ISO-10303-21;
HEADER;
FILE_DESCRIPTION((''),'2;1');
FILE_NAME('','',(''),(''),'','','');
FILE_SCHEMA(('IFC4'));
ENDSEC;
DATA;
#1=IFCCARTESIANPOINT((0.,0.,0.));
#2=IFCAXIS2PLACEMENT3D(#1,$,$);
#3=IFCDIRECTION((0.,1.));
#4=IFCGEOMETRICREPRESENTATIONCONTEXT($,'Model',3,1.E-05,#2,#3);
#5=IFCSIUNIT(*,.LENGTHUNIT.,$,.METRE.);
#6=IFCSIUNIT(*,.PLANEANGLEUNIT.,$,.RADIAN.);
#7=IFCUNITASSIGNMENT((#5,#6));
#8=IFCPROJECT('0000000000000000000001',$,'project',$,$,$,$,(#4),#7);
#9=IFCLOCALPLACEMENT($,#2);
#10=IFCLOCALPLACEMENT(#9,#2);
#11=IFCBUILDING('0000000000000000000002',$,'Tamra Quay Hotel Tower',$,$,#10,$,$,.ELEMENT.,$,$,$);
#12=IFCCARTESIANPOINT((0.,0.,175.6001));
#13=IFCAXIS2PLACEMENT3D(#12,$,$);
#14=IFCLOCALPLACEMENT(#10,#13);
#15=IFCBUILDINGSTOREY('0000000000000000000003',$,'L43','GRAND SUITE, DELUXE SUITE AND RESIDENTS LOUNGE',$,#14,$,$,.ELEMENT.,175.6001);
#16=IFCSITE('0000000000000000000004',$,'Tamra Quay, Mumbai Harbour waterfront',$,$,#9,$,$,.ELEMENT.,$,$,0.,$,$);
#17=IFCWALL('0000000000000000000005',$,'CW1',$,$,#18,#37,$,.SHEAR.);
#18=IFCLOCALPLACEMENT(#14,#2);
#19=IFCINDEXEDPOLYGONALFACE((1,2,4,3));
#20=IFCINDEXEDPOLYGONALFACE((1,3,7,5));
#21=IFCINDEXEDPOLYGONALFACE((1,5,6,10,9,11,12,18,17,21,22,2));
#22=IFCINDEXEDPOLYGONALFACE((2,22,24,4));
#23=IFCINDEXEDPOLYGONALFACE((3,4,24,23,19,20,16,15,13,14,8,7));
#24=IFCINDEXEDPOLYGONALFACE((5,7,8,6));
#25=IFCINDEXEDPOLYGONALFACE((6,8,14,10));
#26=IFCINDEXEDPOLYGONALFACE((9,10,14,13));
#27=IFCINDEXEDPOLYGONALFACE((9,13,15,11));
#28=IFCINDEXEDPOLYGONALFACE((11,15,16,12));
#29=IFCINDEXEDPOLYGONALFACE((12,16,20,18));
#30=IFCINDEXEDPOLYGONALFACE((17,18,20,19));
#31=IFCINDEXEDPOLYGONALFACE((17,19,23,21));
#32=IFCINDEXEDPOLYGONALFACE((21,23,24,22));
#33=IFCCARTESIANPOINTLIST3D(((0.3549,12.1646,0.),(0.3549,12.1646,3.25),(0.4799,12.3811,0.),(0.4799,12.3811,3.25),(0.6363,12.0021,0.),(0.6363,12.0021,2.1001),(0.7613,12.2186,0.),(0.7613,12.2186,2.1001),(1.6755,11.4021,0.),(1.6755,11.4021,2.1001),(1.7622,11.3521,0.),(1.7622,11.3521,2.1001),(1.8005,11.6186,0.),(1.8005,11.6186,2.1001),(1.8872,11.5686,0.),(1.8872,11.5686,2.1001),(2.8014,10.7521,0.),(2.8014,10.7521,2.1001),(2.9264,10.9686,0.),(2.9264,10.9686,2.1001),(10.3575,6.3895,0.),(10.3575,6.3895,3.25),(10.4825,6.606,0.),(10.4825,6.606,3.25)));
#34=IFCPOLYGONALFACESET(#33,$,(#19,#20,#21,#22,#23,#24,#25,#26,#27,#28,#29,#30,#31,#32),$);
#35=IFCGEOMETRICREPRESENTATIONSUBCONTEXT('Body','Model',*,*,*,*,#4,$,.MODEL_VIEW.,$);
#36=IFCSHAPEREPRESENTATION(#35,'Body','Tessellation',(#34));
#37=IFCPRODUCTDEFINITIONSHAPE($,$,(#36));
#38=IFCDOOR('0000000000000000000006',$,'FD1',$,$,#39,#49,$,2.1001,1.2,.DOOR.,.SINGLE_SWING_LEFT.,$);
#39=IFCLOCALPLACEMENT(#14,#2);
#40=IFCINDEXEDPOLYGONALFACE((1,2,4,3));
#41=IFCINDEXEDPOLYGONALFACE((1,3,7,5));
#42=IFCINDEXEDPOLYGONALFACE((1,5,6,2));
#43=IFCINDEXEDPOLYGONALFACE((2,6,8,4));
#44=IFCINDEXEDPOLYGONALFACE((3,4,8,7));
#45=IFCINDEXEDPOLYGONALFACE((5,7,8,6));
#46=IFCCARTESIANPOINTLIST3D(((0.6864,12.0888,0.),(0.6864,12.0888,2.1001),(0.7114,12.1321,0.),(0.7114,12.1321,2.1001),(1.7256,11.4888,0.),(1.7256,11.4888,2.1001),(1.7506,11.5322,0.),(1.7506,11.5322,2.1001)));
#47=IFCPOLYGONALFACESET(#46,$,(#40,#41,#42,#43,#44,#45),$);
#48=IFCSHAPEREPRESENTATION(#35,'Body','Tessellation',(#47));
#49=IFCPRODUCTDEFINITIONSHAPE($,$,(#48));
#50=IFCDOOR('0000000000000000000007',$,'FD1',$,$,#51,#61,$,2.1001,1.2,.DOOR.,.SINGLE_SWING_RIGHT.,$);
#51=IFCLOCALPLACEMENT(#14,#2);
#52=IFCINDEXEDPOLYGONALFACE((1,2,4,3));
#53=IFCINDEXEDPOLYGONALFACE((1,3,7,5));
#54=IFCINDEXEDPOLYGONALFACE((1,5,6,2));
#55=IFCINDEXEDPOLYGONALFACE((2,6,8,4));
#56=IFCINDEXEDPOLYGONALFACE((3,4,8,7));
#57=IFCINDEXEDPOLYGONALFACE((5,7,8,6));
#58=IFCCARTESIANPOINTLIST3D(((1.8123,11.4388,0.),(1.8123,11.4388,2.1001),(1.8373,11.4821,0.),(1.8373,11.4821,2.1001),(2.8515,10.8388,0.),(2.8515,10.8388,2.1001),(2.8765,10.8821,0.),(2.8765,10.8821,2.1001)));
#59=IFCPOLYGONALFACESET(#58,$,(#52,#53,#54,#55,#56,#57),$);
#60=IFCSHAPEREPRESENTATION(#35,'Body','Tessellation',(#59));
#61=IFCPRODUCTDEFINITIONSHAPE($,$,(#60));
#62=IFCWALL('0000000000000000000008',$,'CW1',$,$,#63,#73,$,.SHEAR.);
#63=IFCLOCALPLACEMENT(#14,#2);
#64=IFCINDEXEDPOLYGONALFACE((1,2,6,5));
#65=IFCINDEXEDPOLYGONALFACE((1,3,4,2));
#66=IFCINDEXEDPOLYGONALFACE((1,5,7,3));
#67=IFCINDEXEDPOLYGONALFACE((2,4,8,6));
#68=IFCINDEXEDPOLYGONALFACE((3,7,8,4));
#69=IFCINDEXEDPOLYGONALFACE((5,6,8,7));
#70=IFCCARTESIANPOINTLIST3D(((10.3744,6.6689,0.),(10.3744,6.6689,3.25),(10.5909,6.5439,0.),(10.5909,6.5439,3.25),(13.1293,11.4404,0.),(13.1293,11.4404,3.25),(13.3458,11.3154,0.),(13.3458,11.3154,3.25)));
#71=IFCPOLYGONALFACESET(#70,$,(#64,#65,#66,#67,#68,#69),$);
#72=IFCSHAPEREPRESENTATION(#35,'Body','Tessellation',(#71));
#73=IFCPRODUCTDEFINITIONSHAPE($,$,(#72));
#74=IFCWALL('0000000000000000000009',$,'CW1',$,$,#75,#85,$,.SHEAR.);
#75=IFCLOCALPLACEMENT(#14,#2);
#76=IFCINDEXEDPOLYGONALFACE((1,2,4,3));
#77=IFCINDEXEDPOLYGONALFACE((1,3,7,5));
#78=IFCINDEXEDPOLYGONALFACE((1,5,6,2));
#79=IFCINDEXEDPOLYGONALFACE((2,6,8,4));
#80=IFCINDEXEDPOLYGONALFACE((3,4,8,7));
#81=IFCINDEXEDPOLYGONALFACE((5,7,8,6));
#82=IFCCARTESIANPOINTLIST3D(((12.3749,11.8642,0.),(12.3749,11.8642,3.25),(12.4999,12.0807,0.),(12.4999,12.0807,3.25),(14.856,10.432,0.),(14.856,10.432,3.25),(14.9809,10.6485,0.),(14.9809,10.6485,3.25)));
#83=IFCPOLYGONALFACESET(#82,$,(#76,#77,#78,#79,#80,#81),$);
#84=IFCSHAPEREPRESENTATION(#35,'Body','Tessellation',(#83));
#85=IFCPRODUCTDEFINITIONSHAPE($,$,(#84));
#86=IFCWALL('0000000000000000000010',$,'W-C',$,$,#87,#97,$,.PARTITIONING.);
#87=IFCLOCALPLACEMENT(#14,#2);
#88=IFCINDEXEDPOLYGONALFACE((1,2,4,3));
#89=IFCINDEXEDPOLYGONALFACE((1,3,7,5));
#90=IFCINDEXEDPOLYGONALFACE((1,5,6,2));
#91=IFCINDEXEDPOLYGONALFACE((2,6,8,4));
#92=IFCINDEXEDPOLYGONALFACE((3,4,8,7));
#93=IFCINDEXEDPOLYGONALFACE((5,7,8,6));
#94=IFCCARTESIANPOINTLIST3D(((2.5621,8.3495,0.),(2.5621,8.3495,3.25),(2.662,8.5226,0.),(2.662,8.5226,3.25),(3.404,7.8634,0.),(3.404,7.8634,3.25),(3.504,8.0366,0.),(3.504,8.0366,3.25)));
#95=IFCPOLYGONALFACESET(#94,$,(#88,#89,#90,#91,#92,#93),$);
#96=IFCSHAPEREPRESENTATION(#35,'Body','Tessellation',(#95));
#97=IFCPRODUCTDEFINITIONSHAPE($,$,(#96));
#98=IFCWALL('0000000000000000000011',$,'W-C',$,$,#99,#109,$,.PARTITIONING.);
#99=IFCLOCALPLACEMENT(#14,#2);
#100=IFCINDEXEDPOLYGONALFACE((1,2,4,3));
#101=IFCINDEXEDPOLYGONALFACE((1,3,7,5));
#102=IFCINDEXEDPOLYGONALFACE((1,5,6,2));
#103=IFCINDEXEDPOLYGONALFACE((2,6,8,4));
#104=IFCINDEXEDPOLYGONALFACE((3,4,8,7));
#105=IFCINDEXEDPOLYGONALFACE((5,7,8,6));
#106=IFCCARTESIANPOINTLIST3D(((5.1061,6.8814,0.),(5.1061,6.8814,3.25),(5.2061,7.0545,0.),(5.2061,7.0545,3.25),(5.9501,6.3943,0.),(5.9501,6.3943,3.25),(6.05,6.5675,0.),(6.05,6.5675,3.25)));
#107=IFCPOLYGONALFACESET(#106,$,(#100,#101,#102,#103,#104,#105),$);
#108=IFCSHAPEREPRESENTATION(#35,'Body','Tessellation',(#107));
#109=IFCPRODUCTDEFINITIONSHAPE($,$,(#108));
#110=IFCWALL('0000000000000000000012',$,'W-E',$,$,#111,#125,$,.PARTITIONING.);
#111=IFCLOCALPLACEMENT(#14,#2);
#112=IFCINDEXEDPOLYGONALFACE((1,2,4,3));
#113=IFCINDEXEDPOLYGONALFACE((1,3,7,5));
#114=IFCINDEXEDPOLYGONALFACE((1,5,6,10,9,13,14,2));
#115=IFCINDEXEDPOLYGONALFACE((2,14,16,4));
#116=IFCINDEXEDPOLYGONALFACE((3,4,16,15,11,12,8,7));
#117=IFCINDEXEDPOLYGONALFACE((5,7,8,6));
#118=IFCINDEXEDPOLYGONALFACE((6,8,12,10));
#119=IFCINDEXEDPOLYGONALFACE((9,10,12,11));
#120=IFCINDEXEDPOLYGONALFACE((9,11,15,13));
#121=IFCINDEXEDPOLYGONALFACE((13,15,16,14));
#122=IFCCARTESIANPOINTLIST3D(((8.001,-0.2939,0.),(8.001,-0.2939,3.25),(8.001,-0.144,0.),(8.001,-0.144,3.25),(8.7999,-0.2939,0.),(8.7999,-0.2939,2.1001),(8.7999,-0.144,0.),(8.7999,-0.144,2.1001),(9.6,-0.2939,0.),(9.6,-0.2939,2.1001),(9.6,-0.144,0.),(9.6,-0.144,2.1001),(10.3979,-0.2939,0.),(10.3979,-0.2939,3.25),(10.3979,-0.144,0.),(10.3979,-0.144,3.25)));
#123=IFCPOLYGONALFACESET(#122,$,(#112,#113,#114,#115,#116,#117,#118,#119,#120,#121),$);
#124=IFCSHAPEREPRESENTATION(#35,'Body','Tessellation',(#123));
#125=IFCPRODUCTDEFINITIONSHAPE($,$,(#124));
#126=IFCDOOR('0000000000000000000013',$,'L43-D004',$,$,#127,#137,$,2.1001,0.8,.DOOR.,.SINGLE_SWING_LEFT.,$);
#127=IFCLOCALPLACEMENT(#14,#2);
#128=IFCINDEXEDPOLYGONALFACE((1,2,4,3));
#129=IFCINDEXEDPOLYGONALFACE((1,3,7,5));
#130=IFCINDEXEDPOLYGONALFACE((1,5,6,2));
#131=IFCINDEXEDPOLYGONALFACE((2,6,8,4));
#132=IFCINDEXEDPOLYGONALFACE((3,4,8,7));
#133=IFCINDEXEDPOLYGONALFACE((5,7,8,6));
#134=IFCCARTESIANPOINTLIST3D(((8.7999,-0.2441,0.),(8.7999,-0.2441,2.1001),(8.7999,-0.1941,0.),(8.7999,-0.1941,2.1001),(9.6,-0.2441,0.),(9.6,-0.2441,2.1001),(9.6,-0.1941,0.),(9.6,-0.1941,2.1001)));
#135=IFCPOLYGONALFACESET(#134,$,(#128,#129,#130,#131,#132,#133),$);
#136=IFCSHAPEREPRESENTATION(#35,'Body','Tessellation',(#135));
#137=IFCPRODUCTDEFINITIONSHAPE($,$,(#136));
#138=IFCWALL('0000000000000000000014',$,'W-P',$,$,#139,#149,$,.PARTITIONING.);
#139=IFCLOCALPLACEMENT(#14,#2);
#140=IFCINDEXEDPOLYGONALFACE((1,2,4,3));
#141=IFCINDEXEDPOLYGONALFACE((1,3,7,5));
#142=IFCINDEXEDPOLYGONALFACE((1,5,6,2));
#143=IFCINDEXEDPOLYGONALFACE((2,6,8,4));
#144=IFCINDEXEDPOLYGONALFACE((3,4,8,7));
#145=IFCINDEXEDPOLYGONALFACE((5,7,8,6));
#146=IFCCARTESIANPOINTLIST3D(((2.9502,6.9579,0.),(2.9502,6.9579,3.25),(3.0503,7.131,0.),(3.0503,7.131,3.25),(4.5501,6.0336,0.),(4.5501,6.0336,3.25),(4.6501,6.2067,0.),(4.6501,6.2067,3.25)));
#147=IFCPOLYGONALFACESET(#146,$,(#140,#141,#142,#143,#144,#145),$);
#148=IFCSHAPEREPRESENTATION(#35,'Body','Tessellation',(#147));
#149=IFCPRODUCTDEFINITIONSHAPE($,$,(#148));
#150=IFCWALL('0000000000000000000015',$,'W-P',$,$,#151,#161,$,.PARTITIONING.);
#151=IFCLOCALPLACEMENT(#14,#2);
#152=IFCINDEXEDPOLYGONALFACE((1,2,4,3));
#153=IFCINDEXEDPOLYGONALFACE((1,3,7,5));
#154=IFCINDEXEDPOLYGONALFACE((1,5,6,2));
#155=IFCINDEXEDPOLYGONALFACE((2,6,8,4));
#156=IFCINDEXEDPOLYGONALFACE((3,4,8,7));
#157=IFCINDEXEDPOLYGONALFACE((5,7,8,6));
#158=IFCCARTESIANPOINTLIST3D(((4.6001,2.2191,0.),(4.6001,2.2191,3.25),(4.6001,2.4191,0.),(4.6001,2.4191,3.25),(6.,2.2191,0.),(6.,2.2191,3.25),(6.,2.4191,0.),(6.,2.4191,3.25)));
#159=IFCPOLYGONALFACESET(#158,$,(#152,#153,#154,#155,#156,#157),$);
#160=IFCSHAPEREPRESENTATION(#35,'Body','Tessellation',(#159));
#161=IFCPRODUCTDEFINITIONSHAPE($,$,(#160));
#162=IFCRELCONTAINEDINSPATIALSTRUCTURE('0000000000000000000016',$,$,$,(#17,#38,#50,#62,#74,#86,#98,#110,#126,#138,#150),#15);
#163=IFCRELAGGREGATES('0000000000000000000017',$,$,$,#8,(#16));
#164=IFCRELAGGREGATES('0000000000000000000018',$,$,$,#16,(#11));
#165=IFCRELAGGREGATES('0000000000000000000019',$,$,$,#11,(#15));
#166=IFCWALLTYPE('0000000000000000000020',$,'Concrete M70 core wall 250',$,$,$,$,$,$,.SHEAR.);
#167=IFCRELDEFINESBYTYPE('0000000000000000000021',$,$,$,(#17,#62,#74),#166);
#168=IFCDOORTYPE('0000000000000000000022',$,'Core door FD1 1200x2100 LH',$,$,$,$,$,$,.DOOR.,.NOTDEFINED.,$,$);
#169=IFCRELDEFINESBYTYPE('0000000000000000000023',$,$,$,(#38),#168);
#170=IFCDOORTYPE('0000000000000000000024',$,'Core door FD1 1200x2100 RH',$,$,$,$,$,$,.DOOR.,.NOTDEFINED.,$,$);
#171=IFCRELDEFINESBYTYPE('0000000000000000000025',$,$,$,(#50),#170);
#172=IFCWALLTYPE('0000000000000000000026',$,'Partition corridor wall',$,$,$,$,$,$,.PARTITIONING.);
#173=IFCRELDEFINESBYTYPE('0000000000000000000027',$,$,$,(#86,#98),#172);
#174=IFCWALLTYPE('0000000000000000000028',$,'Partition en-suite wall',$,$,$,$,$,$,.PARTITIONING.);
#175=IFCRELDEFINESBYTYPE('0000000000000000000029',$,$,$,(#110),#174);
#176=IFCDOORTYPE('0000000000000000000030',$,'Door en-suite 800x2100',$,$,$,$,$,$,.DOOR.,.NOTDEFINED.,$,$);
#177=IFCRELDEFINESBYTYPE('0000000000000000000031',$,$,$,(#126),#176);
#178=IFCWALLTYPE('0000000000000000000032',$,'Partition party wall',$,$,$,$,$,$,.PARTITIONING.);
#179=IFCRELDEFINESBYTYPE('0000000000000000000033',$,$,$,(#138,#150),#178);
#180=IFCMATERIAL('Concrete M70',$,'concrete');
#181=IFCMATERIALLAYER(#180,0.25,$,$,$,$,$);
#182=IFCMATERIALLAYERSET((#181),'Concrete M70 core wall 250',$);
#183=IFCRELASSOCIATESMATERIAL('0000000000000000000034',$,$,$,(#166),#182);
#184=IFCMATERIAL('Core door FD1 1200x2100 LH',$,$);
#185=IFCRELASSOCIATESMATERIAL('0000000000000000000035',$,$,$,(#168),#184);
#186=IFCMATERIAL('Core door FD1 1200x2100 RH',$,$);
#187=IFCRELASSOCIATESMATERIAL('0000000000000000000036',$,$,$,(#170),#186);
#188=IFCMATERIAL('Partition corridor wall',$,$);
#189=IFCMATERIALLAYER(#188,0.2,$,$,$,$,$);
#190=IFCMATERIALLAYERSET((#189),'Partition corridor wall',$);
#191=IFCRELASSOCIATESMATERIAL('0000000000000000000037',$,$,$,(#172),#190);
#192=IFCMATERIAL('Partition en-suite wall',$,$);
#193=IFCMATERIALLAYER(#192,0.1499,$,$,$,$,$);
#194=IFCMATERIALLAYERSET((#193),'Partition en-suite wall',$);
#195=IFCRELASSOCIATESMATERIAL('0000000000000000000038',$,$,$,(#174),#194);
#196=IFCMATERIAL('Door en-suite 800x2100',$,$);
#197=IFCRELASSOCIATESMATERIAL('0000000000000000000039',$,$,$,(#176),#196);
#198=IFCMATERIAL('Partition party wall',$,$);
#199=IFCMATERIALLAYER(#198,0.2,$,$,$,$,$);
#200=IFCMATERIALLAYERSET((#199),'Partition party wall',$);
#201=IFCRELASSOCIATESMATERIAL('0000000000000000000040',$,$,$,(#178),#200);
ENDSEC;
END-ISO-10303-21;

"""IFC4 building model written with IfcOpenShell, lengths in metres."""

from ifc_helpers import new_model, si_unit, direction, frame, frame_2d, origin, place, context, subcontext, project, spatial, rectangle, extrude, material, layer, layer_set, type_object, element, fill, save


model = new_model("IFC4")

# Units and contexts
model_context = context("Model", 3, precision=1e-05, world=origin(), true_north=direction((0.0, 1.0)))
body_context = subcontext(model_context, "Body", "Model", "MODEL_VIEW")
ifc_project = project(units=[si_unit("LENGTHUNIT", "METRE"), si_unit("PLANEANGLEUNIT", "RADIAN")], contexts=[model_context])

# Site, building, storey
site_placement = place(None, origin())
site = spatial("IfcSite", under=ifc_project, at=site_placement, Name="Tamra Quay, Mumbai Harbour waterfront", CompositionType="ELEMENT", RefElevation=0.0)
building_placement = place(site_placement, origin())
building = spatial("IfcBuilding", under=site, at=building_placement, Name="Tamra Quay Hotel Tower", CompositionType="ELEMENT")
storey_placement = place(building_placement, frame((0.0, 0.0, 175.6001)))
storey = spatial("IfcBuildingStorey", under=building, at=storey_placement, Name="L43", Description="GRAND SUITE, DELUXE SUITE AND RESIDENTS LOUNGE", CompositionType="ELEMENT", Elevation=175.6001)

# Shared definitions
ifc_material_1 = material(Name="Concrete M70", Category="concrete")

# Wall, openings, doors
ifc_layer_1 = layer(ifc_material_1, 0.25)
ifc_layer_set_1 = layer_set([ifc_layer_1], Name="Concrete M70 core wall 250")
wall_type_1 = type_object("IfcWallType", Name="Concrete M70 core wall 250", PredefinedType="SHEAR", material=ifc_layer_set_1)
wall_1_placement = place(storey_placement, frame((10.4199, 6.4978, 0.0), z_axis=(0.0, 0.0, 1.0), x_axis=(-0.866022, 0.500006, 0.0)))
wall_1 = element("IfcWall", 1, at=wall_1_placement, inside=storey, type_object=wall_type_1, Name="CW1", PredefinedType="SHEAR", context=body_context, shape_type="SweptSolid", body=[
    extrude(rectangle(XDim=11.55, YDim=0.25, at=frame_2d((5.7749, 0.0))), origin(), (0.0, 0.0, 1.0), 3.25),
])
opening_1_placement = place(wall_1_placement, frame((10.0249, 0.0, 0.0)))
opening_1 = element("IfcOpeningElement", 2, at=opening_1_placement, cuts=wall_1, PredefinedType="OPENING", context=body_context, shape_type="SweptSolid", body=[
    extrude(rectangle(XDim=1.2, YDim=2.1001, at=frame_2d((0.6001, 1.05))), frame((0.0, 0.135, 0.0), z_axis=(0.0, -1.0, 0.0), x_axis=(1.0, 0.0, 0.0)), (0.0, 0.0, 1.0), 0.27),
])
opening_2_placement = place(wall_1_placement, frame((8.7249, 0.0, 0.0)))
opening_2 = element("IfcOpeningElement", 3, at=opening_2_placement, cuts=wall_1, PredefinedType="OPENING", context=body_context, shape_type="SweptSolid", body=[
    extrude(rectangle(XDim=1.2, YDim=2.1001, at=frame_2d((0.6001, 1.05))), frame((0.0, 0.135, 0.0), z_axis=(0.0, -1.0, 0.0), x_axis=(1.0, 0.0, 0.0)), (0.0, 0.0, 1.0), 0.27),
])
ifc_material_2 = material(Name="Core door FD1 1200x2100 LH")
door_type_1 = type_object("IfcDoorType", Name="Core door FD1 1200x2100 LH", OperationType="NOTDEFINED", PredefinedType="DOOR", material=ifc_material_2)
door_1_placement = place(opening_1_placement, origin())
door_1 = element("IfcDoor", 4, at=door_1_placement, inside=storey, type_object=door_type_1, Name="FD1", OperationType="SINGLE_SWING_LEFT", OverallHeight=2.1001, OverallWidth=1.2, PredefinedType="DOOR", context=body_context, shape_type="SweptSolid", body=[
    extrude(rectangle(XDim=1.2, YDim=2.1001, at=frame_2d((0.6001, 1.05))), frame((0.0, 0.0249, 0.0), z_axis=(0.0, -1.0, 0.0), x_axis=(1.0, 0.0, 0.0)), (0.0, 0.0, 1.0), 0.05),
])
fill(opening_1, door_1)
ifc_material_3 = material(Name="Core door FD1 1200x2100 RH")
door_type_2 = type_object("IfcDoorType", Name="Core door FD1 1200x2100 RH", OperationType="NOTDEFINED", PredefinedType="DOOR", material=ifc_material_3)
door_2_placement = place(opening_2_placement, origin())
door_2 = element("IfcDoor", 5, at=door_2_placement, inside=storey, type_object=door_type_2, Name="FD1", OperationType="SINGLE_SWING_RIGHT", OverallHeight=2.1001, OverallWidth=1.2, PredefinedType="DOOR", context=body_context, shape_type="SweptSolid", body=[
    extrude(rectangle(XDim=1.2, YDim=2.1001, at=frame_2d((0.6001, 1.05))), frame((0.0, 0.0249, 0.0), z_axis=(0.0, -1.0, 0.0), x_axis=(1.0, 0.0, 0.0)), (0.0, 0.0, 1.0), 0.05),
])
fill(opening_2, door_2)

# Walls
wall_2_placement = place(storey_placement, frame((13.2375, 11.3779, 0.0), z_axis=(0.0, 0.0, 1.0), x_axis=(-0.500009, -0.86602, 0.0)))
element("IfcWall", 6, at=wall_2_placement, inside=storey, type_object=wall_type_1, Name="CW1", PredefinedType="SHEAR", context=body_context, shape_type="SweptSolid", body=[
    extrude(rectangle(XDim=5.5098, YDim=0.25, at=frame_2d((2.7549, 0.0))), origin(), (0.0, 0.0, 1.0), 3.25),
])
wall_3_placement = place(storey_placement, frame((14.9185, 10.5403, 0.0), z_axis=(0.0, 0.0, 1.0), x_axis=(-0.866064, 0.499934, 0.0)))
element("IfcWall", 7, at=wall_3_placement, inside=storey, type_object=wall_type_1, Name="CW1", PredefinedType="SHEAR", context=body_context, shape_type="SweptSolid", body=[
    extrude(rectangle(XDim=2.8647, YDim=0.25, at=frame_2d((1.4324, 0.0))), origin(), (0.0, 0.0, 1.0), 3.25),
])
ifc_material_4 = material(Name="Partition corridor wall")
ifc_layer_2 = layer(ifc_material_4, 0.2)
ifc_layer_set_2 = layer_set([ifc_layer_2], Name="Partition corridor wall")
wall_type_2 = type_object("IfcWallType", Name="Partition corridor wall", PredefinedType="PARTITIONING", material=ifc_layer_set_2)
wall_4_placement = place(storey_placement, frame((2.6121, 8.436, 0.0), z_axis=(0.0, 0.0, 1.0), x_axis=(0.866056, -0.499947, 0.0)))
element("IfcWall", 8, at=wall_4_placement, inside=storey, type_object=wall_type_2, Name="W-C", PredefinedType="PARTITIONING", context=body_context, shape_type="SweptSolid", body=[
    extrude(rectangle(XDim=0.9722, YDim=0.2, at=frame_2d((0.4861, 0.0))), origin(), (0.0, 0.0, 1.0), 3.25),
])
wall_5_placement = place(storey_placement, frame((5.156, 6.968, 0.0), z_axis=(0.0, 0.0, 1.0), x_axis=(0.866123, -0.499831, 0.0)))
element("IfcWall", 9, at=wall_5_placement, inside=storey, type_object=wall_type_2, Name="W-C", PredefinedType="PARTITIONING", context=body_context, shape_type="SweptSolid", body=[
    extrude(rectangle(XDim=0.9744, YDim=0.2, at=frame_2d((0.4873, 0.0))), origin(), (0.0, 0.0, 1.0), 3.25),
])

# Wall, opening, door
ifc_material_5 = material(Name="Partition en-suite wall")
ifc_layer_3 = layer(ifc_material_5, 0.1499)
ifc_layer_set_3 = layer_set([ifc_layer_3], Name="Partition en-suite wall")
wall_type_3 = type_object("IfcWallType", Name="Partition en-suite wall", PredefinedType="PARTITIONING", material=ifc_layer_set_3)
wall_6_placement = place(storey_placement, frame((8.001, -0.219, 0.0), z_axis=(0.0, 0.0, 1.0), x_axis=(1.0, 0.0, 0.0)))
wall_6 = element("IfcWall", 10, at=wall_6_placement, inside=storey, type_object=wall_type_3, Name="W-E", PredefinedType="PARTITIONING", context=body_context, shape_type="SweptSolid", body=[
    extrude(rectangle(XDim=2.397, YDim=0.1499, at=frame_2d((1.1985, 0.0))), origin(), (0.0, 0.0, 1.0), 3.25),
])
opening_3_placement = place(wall_6_placement, frame((0.7991, 0.0, 0.0)))
opening_3 = element("IfcOpeningElement", 11, at=opening_3_placement, cuts=wall_6, PredefinedType="OPENING", context=body_context, shape_type="SweptSolid", body=[
    extrude(rectangle(XDim=0.8, YDim=2.1001, at=frame_2d((0.3999, 1.05))), frame((0.0, 0.085, 0.0), z_axis=(0.0, -1.0, 0.0), x_axis=(1.0, 0.0, 0.0)), (0.0, 0.0, 1.0), 0.1699),
])
ifc_material_6 = material(Name="Door en-suite 800x2100")
door_type_3 = type_object("IfcDoorType", Name="Door en-suite 800x2100", OperationType="NOTDEFINED", PredefinedType="DOOR", material=ifc_material_6)
door_3_placement = place(opening_3_placement, origin())
door_3 = element("IfcDoor", 12, at=door_3_placement, inside=storey, type_object=door_type_3, Name="L43-D004", OperationType="SINGLE_SWING_LEFT", OverallHeight=2.1001, OverallWidth=0.8, PredefinedType="DOOR", context=body_context, shape_type="SweptSolid", body=[
    extrude(rectangle(XDim=0.8, YDim=2.1001, at=frame_2d((0.3999, 1.05))), frame((0.0, 0.0249, 0.0), z_axis=(0.0, -1.0, 0.0), x_axis=(1.0, 0.0, 0.0)), (0.0, 0.0, 1.0), 0.05),
])
fill(opening_3, door_3)

# Walls
ifc_material_7 = material(Name="Partition party wall")
ifc_layer_4 = layer(ifc_material_7, 0.2)
ifc_layer_set_4 = layer_set([ifc_layer_4], Name="Partition party wall")
wall_type_4 = type_object("IfcWallType", Name="Partition party wall", PredefinedType="PARTITIONING", material=ifc_layer_set_4)
wall_7_placement = place(storey_placement, frame((3.0002, 7.0444, 0.0), z_axis=(0.0, 0.0, 1.0), x_axis=(0.865875, -0.50026, 0.0)))
element("IfcWall", 13, at=wall_7_placement, inside=storey, type_object=wall_type_4, Name="W-P", PredefinedType="PARTITIONING", context=body_context, shape_type="SweptSolid", body=[
    extrude(rectangle(XDim=1.8477, YDim=0.2, at=frame_2d((0.9238, 0.0))), origin(), (0.0, 0.0, 1.0), 3.25),
])
wall_8_placement = place(storey_placement, frame((4.6001, 2.3191, 0.0), z_axis=(0.0, 0.0, 1.0), x_axis=(1.0, 0.0, 0.0)))
element("IfcWall", 14, at=wall_8_placement, inside=storey, type_object=wall_type_4, Name="W-P", PredefinedType="PARTITIONING", context=body_context, shape_type="SweptSolid", body=[
    extrude(rectangle(XDim=1.3999, YDim=0.2, at=frame_2d((0.7, 0.0))), origin(), (0.0, 0.0, 1.0), 3.25),
])

save(model, "model.ifc")
